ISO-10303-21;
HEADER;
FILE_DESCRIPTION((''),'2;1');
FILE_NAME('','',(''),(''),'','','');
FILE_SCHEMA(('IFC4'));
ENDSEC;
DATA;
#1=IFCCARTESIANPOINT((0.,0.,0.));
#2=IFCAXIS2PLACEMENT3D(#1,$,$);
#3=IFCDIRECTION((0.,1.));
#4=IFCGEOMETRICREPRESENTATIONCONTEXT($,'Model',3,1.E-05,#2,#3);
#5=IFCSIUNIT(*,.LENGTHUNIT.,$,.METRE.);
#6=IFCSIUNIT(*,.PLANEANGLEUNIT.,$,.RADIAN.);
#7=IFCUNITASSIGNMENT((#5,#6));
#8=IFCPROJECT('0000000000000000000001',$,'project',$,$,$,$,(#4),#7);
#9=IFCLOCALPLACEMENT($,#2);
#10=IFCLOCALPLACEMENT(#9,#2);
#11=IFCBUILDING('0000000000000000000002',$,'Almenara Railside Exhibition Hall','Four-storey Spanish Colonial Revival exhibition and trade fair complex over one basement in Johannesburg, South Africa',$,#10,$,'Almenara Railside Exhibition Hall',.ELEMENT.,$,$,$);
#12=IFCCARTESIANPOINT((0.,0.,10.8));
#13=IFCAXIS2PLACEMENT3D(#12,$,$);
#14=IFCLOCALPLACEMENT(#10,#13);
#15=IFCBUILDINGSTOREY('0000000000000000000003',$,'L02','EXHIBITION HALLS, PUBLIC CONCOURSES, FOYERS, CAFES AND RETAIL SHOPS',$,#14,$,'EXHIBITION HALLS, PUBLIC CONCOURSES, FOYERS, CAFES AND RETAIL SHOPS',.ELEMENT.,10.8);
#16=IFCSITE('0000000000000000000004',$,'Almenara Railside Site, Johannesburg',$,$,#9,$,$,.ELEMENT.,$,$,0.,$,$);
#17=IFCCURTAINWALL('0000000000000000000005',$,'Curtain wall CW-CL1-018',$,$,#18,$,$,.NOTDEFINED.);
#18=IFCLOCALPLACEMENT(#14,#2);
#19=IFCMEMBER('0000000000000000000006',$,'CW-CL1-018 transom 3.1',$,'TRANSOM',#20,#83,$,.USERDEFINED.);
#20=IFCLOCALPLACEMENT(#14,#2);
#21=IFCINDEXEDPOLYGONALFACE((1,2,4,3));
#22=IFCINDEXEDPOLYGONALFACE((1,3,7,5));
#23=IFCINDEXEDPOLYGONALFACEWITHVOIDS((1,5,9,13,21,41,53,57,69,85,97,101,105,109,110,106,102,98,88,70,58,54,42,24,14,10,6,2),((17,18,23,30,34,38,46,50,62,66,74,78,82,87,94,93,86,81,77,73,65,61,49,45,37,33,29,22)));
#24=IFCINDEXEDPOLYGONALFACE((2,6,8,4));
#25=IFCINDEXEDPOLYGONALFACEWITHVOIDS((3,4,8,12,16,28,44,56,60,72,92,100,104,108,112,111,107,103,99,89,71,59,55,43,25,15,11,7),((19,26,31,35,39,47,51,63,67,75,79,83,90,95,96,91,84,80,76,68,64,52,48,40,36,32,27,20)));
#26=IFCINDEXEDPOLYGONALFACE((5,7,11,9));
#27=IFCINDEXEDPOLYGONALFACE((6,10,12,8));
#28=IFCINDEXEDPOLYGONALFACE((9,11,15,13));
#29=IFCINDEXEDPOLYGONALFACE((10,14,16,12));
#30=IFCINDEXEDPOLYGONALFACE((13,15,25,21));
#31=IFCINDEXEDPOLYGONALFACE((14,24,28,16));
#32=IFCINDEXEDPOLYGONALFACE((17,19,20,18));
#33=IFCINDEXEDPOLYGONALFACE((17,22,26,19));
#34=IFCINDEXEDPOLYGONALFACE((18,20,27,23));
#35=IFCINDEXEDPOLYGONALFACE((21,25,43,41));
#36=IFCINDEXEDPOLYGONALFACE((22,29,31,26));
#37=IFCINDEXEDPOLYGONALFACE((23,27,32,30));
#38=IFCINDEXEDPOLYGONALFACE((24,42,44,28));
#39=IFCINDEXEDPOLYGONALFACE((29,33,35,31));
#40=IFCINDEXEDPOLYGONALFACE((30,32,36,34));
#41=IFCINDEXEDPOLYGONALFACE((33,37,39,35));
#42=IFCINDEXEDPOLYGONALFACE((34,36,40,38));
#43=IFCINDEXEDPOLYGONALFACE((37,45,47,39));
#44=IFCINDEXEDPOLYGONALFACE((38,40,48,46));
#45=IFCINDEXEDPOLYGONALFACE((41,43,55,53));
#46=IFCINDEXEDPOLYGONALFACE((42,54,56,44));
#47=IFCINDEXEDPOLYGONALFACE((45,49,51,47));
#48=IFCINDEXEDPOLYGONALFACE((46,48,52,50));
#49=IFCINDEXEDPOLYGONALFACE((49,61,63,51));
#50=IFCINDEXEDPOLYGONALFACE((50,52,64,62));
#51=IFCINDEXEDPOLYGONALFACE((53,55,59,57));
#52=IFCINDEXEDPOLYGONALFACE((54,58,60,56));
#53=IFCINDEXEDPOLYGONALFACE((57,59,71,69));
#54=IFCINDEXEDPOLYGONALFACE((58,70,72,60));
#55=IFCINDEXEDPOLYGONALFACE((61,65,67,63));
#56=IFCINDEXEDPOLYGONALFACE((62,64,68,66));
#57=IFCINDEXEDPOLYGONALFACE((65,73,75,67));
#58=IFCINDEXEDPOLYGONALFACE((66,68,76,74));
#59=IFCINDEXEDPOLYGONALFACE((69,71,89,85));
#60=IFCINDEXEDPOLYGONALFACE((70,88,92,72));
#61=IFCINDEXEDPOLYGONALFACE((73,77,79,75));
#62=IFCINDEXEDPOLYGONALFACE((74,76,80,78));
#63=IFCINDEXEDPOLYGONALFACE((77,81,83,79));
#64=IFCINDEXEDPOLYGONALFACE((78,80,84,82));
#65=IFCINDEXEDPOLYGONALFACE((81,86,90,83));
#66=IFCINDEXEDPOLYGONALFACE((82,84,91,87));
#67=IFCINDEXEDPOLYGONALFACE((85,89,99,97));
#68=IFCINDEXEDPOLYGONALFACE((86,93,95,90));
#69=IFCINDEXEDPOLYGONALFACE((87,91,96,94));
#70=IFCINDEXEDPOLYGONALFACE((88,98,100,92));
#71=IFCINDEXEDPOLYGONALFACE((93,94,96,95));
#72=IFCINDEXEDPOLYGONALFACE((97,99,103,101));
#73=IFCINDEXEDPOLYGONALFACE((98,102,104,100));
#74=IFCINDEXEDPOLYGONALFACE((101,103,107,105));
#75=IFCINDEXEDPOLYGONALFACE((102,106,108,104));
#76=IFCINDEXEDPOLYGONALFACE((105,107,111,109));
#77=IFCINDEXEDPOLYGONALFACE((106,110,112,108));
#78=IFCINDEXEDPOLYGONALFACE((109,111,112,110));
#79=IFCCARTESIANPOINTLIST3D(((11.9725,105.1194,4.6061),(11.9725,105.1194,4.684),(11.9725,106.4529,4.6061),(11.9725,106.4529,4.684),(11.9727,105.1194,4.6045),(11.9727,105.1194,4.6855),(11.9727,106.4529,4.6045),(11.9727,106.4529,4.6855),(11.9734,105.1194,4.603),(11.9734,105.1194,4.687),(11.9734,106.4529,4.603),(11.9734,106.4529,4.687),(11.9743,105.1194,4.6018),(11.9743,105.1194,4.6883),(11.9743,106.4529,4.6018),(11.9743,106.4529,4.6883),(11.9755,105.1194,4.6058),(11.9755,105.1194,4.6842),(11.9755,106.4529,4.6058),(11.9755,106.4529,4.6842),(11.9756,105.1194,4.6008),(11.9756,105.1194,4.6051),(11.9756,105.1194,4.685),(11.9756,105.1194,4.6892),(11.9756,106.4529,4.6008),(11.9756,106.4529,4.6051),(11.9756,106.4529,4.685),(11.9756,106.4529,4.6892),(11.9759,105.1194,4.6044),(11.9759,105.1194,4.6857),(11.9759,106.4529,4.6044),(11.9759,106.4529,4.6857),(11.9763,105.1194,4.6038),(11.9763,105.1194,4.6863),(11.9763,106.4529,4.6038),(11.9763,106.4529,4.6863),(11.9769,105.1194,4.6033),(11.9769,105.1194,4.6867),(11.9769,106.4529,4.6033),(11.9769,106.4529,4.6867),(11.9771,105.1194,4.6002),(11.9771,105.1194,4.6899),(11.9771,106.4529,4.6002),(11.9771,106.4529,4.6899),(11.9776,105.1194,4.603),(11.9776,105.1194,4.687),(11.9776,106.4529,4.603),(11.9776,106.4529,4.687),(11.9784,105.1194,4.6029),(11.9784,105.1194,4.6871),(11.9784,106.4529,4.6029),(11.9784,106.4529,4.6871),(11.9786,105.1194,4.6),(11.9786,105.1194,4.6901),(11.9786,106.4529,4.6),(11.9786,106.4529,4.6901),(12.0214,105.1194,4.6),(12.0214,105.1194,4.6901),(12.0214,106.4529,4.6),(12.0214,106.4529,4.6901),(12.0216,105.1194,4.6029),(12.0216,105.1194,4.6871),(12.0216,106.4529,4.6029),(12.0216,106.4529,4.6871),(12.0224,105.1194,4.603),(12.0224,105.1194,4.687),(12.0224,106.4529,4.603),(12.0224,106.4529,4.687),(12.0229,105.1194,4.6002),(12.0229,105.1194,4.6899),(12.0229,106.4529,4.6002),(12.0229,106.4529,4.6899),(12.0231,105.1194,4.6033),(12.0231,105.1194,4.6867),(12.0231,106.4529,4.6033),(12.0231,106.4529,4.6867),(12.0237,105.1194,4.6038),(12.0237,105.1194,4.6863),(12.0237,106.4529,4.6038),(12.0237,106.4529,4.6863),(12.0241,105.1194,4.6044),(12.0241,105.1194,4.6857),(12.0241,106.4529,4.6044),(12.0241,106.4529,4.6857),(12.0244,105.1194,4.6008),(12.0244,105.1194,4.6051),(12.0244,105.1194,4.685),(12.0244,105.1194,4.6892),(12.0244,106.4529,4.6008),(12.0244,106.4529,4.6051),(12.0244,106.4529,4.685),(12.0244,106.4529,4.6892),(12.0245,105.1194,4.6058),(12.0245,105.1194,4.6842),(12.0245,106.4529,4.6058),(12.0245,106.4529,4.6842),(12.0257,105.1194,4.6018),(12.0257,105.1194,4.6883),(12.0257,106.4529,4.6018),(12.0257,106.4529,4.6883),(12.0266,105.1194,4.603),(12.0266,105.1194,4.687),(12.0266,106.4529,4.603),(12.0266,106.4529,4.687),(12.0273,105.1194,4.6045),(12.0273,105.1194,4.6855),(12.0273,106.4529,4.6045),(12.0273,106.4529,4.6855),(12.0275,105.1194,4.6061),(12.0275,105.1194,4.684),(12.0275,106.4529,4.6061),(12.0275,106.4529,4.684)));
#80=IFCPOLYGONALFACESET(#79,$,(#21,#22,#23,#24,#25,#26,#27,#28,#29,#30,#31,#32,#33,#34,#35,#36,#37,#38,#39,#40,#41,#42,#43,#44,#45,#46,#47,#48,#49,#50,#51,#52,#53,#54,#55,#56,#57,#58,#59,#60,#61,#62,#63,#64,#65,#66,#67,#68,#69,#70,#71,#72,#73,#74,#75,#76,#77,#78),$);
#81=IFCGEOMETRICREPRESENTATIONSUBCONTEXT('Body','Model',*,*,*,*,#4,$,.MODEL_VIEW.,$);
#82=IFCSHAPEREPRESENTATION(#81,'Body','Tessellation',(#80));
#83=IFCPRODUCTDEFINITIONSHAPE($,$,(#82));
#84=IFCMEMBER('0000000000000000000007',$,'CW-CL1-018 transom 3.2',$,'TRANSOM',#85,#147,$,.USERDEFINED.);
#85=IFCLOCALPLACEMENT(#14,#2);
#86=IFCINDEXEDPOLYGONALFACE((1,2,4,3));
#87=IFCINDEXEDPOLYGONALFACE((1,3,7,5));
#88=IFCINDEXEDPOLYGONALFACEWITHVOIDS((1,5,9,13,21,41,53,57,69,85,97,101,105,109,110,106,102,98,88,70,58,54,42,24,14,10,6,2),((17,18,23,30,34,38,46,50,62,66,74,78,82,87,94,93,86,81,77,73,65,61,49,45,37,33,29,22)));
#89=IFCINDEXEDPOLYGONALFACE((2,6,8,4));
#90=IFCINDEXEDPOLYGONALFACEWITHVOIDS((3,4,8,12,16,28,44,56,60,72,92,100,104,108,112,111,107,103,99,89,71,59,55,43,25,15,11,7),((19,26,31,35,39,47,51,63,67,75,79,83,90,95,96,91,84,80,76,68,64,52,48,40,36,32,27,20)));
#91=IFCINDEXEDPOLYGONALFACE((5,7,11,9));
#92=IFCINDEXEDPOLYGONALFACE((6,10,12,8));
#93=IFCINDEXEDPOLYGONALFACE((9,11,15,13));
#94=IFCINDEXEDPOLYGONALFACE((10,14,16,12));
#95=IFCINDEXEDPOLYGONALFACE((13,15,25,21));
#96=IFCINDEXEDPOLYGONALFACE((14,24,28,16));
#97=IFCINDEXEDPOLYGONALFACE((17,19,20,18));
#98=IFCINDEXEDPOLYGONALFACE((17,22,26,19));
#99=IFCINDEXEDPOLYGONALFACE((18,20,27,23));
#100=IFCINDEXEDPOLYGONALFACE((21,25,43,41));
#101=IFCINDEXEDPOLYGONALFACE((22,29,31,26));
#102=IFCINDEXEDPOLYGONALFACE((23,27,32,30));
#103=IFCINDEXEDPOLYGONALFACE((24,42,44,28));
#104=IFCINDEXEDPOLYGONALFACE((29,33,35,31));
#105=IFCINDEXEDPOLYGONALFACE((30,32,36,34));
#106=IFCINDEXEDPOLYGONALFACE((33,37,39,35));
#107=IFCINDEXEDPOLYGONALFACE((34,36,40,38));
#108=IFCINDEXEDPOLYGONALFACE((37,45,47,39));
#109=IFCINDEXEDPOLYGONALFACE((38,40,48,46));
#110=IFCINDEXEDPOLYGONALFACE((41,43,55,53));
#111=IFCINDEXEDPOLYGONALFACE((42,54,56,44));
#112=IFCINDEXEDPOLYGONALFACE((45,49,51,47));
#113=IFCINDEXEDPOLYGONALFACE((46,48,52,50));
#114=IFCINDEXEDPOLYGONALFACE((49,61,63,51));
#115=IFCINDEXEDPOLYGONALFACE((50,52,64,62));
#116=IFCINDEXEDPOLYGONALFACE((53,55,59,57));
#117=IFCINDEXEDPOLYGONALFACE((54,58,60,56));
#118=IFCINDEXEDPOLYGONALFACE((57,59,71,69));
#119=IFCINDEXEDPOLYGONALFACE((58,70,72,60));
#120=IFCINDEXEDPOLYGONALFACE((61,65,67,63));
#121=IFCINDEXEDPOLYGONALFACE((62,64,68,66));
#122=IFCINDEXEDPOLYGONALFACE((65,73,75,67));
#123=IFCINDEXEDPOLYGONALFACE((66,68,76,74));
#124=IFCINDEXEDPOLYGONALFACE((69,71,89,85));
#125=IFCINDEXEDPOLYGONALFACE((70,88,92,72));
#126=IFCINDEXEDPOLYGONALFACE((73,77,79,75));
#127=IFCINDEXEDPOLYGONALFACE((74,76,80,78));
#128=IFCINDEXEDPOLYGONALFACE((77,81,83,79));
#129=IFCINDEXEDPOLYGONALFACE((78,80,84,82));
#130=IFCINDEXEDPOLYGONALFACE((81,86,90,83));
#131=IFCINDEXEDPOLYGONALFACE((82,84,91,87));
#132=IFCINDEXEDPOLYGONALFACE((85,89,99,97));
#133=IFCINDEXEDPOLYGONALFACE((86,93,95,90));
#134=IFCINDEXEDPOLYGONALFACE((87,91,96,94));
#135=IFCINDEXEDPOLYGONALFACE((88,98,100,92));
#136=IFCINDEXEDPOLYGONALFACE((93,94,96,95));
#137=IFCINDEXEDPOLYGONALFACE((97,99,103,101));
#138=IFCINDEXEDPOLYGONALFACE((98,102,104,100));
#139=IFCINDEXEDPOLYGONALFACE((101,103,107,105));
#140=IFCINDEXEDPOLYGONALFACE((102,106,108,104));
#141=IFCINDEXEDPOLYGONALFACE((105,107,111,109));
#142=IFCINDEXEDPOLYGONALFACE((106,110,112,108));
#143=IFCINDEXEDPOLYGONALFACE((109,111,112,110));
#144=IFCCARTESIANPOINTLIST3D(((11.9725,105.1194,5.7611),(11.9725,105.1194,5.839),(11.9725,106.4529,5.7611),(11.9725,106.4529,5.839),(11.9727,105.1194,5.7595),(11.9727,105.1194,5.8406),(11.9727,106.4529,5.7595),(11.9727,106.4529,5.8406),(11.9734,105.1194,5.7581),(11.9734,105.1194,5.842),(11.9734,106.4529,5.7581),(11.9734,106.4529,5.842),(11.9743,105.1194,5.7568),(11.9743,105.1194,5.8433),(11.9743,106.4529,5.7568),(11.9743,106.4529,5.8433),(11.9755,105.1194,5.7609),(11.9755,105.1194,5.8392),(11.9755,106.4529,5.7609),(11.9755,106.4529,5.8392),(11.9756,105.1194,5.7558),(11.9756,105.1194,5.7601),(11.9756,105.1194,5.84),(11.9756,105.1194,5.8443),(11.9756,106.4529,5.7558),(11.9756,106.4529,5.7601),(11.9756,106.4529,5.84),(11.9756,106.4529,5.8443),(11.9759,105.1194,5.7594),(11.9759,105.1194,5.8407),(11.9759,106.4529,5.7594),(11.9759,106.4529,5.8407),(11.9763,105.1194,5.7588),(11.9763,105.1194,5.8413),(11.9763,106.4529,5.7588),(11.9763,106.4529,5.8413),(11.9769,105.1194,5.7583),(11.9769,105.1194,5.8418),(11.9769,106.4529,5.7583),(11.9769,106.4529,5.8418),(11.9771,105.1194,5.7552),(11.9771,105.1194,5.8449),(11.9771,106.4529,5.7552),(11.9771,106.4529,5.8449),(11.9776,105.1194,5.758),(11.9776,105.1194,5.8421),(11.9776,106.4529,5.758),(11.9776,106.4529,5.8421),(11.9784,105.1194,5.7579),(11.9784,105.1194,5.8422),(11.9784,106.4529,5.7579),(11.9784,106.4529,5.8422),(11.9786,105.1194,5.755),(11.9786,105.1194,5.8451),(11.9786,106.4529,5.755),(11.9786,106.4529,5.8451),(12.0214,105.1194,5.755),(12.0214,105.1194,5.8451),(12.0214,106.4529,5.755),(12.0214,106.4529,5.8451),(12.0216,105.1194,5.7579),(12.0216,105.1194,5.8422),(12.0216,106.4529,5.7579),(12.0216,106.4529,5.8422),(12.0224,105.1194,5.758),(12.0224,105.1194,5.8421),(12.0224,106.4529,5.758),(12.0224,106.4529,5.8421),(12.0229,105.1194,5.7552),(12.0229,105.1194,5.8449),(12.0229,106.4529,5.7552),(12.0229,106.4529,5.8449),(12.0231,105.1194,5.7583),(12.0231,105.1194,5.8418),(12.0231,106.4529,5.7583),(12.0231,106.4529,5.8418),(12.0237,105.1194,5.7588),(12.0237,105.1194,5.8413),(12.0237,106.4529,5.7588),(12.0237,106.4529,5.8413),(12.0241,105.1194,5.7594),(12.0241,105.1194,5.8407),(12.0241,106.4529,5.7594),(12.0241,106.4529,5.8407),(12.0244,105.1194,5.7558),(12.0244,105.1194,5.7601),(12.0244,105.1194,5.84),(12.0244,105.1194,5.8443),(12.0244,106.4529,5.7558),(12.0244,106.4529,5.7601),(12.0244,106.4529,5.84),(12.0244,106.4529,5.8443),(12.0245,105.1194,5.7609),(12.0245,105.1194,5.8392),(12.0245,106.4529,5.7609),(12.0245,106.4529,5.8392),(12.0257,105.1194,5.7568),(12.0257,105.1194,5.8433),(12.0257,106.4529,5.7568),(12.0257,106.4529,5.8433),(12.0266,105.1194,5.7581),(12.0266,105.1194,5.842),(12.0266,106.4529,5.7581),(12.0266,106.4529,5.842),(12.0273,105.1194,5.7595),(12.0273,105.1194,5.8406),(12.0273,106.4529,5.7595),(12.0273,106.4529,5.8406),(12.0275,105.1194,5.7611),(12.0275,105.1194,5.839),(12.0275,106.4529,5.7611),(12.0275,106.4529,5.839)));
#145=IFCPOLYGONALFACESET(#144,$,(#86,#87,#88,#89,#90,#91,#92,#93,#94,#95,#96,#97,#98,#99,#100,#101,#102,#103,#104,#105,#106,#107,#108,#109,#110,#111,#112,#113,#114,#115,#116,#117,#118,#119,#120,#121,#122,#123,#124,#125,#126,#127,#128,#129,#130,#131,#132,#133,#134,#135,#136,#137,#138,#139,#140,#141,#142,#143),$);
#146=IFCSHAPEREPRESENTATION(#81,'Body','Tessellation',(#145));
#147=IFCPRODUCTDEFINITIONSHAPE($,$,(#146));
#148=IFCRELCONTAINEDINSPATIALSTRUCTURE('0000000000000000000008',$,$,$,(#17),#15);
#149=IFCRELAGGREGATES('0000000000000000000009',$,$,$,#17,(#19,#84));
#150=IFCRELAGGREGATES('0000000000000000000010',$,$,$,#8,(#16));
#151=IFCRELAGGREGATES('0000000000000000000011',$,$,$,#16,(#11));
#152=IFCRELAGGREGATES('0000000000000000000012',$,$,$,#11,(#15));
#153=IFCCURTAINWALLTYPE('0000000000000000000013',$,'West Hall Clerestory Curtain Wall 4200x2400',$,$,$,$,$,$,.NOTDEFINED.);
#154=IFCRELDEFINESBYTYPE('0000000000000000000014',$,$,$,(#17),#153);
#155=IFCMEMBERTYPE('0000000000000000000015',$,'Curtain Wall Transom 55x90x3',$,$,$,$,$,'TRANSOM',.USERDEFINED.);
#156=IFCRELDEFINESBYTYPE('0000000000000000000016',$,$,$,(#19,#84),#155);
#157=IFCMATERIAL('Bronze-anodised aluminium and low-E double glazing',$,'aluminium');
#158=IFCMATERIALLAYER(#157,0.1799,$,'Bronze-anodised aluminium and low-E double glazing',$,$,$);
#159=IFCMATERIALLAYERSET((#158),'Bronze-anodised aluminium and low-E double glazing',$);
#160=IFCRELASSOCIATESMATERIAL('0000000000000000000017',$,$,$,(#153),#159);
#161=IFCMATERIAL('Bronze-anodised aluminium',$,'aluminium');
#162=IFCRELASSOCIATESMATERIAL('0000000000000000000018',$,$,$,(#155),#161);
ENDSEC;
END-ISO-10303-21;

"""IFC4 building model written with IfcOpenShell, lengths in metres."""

from ifc_helpers import new_model, si_unit, direction, frame, origin, origin_2d, place, context, subcontext, project, spatial, hollow_rectangle, extrude, material, layer, layer_set, material_profile, profile_set, type_object, element, aggregate, save


model = new_model("IFC4")

# Units and contexts
model_context = context("Model", 3, precision=1e-05, world=origin(), true_north=direction((0.0, 1.0)))
body_context = subcontext(model_context, "Body", "Model", "MODEL_VIEW")
ifc_project = project(units=[si_unit("LENGTHUNIT", "METRE"), si_unit("PLANEANGLEUNIT", "RADIAN")], contexts=[model_context])

# Site, building, storey
site_placement = place(None, origin())
site = spatial("IfcSite", under=ifc_project, at=site_placement, Name="Almenara Railside Site, Johannesburg", CompositionType="ELEMENT", RefElevation=0.0)
building_placement = place(site_placement, origin())
building = spatial("IfcBuilding", under=site, at=building_placement, Name="Almenara Railside Exhibition Hall", Description="Four-storey Spanish Colonial Revival exhibition and trade fair complex over one basement in Johannesburg, South Africa", LongName="Almenara Railside Exhibition Hall", CompositionType="ELEMENT")
storey_placement = place(building_placement, frame((0.0, 0.0, 10.8)))
storey = spatial("IfcBuildingStorey", under=building, at=storey_placement, Name="L02", Description="EXHIBITION HALLS, PUBLIC CONCOURSES, FOYERS, CAFES AND RETAIL SHOPS", LongName="EXHIBITION HALLS, PUBLIC CONCOURSES, FOYERS, CAFES AND RETAIL SHOPS", CompositionType="ELEMENT", Elevation=10.8)

# Curtain wall
ifc_material_1 = material(Name="Bronze-anodised aluminium and low-E double glazing", Category="aluminium")
ifc_layer_1 = layer(ifc_material_1, 0.1799, Name="Bronze-anodised aluminium and low-E double glazing")
ifc_layer_set_1 = layer_set([ifc_layer_1], Name="Bronze-anodised aluminium and low-E double glazing")
curtain_wall_type = type_object("IfcCurtainWallType", Name="West Hall Clerestory Curtain Wall 4200x2400", PredefinedType="NOTDEFINED", material=ifc_layer_set_1)
curtain_wall_1_placement = place(storey_placement, origin())
curtain_wall_1 = element("IfcCurtainWall", 1, at=curtain_wall_1_placement, inside=storey, type_object=curtain_wall_type, Name="Curtain wall CW-CL1-018", PredefinedType="NOTDEFINED")
ifc_material_2 = material(Name="Bronze-anodised aluminium", Category="aluminium")

# Members
ifc_material_profile_1 = material_profile(ifc_material_2, hollow_rectangle(XDim=0.0549, YDim=0.0901, WallThickness=0.0029, InnerFilletRadius=0.0029, OuterFilletRadius=0.0061, at=origin_2d()), Name="ALU-TRN 55x90x3")
ifc_profile_set_1 = profile_set([ifc_material_profile_1], Name="Bronze-anodised aluminium")
member_type_1 = type_object("IfcMemberType", Name="Curtain Wall Transom 55x90x3", ElementType="TRANSOM", PredefinedType="USERDEFINED", material=ifc_profile_set_1)
member_1_placement = place(storey_placement, frame((12.0, 105.1194, 4.645), z_axis=(0.0, 1.0, 0.0), x_axis=(-1.0, 0.0, 0.0)))
member_1 = element("IfcMember", 2, at=member_1_placement, type_object=member_type_1, Name="CW-CL1-018 transom 3.1", ObjectType="TRANSOM", PredefinedType="USERDEFINED", context=body_context, shape_type="SweptSolid", body=[
    extrude(hollow_rectangle(XDim=0.0549, YDim=0.0901, WallThickness=0.0029, InnerFilletRadius=0.0029, OuterFilletRadius=0.0061, at=origin_2d()), origin(), (0.0, 0.0, 1.0), 1.3335),
])
member_2_placement = place(storey_placement, frame((12.0, 105.1194, 5.8), z_axis=(0.0, 1.0, 0.0), x_axis=(-1.0, 0.0, 0.0)))
member_2 = element("IfcMember", 3, at=member_2_placement, type_object=member_type_1, Name="CW-CL1-018 transom 3.2", ObjectType="TRANSOM", PredefinedType="USERDEFINED", context=body_context, shape_type="SweptSolid", body=[
    extrude(hollow_rectangle(XDim=0.0549, YDim=0.0901, WallThickness=0.0029, InnerFilletRadius=0.0029, OuterFilletRadius=0.0061, at=origin_2d()), origin(), (0.0, 0.0, 1.0), 1.3335),
])

aggregate(curtain_wall_1, [member_1, member_2])

save(model, "model.ifc")
